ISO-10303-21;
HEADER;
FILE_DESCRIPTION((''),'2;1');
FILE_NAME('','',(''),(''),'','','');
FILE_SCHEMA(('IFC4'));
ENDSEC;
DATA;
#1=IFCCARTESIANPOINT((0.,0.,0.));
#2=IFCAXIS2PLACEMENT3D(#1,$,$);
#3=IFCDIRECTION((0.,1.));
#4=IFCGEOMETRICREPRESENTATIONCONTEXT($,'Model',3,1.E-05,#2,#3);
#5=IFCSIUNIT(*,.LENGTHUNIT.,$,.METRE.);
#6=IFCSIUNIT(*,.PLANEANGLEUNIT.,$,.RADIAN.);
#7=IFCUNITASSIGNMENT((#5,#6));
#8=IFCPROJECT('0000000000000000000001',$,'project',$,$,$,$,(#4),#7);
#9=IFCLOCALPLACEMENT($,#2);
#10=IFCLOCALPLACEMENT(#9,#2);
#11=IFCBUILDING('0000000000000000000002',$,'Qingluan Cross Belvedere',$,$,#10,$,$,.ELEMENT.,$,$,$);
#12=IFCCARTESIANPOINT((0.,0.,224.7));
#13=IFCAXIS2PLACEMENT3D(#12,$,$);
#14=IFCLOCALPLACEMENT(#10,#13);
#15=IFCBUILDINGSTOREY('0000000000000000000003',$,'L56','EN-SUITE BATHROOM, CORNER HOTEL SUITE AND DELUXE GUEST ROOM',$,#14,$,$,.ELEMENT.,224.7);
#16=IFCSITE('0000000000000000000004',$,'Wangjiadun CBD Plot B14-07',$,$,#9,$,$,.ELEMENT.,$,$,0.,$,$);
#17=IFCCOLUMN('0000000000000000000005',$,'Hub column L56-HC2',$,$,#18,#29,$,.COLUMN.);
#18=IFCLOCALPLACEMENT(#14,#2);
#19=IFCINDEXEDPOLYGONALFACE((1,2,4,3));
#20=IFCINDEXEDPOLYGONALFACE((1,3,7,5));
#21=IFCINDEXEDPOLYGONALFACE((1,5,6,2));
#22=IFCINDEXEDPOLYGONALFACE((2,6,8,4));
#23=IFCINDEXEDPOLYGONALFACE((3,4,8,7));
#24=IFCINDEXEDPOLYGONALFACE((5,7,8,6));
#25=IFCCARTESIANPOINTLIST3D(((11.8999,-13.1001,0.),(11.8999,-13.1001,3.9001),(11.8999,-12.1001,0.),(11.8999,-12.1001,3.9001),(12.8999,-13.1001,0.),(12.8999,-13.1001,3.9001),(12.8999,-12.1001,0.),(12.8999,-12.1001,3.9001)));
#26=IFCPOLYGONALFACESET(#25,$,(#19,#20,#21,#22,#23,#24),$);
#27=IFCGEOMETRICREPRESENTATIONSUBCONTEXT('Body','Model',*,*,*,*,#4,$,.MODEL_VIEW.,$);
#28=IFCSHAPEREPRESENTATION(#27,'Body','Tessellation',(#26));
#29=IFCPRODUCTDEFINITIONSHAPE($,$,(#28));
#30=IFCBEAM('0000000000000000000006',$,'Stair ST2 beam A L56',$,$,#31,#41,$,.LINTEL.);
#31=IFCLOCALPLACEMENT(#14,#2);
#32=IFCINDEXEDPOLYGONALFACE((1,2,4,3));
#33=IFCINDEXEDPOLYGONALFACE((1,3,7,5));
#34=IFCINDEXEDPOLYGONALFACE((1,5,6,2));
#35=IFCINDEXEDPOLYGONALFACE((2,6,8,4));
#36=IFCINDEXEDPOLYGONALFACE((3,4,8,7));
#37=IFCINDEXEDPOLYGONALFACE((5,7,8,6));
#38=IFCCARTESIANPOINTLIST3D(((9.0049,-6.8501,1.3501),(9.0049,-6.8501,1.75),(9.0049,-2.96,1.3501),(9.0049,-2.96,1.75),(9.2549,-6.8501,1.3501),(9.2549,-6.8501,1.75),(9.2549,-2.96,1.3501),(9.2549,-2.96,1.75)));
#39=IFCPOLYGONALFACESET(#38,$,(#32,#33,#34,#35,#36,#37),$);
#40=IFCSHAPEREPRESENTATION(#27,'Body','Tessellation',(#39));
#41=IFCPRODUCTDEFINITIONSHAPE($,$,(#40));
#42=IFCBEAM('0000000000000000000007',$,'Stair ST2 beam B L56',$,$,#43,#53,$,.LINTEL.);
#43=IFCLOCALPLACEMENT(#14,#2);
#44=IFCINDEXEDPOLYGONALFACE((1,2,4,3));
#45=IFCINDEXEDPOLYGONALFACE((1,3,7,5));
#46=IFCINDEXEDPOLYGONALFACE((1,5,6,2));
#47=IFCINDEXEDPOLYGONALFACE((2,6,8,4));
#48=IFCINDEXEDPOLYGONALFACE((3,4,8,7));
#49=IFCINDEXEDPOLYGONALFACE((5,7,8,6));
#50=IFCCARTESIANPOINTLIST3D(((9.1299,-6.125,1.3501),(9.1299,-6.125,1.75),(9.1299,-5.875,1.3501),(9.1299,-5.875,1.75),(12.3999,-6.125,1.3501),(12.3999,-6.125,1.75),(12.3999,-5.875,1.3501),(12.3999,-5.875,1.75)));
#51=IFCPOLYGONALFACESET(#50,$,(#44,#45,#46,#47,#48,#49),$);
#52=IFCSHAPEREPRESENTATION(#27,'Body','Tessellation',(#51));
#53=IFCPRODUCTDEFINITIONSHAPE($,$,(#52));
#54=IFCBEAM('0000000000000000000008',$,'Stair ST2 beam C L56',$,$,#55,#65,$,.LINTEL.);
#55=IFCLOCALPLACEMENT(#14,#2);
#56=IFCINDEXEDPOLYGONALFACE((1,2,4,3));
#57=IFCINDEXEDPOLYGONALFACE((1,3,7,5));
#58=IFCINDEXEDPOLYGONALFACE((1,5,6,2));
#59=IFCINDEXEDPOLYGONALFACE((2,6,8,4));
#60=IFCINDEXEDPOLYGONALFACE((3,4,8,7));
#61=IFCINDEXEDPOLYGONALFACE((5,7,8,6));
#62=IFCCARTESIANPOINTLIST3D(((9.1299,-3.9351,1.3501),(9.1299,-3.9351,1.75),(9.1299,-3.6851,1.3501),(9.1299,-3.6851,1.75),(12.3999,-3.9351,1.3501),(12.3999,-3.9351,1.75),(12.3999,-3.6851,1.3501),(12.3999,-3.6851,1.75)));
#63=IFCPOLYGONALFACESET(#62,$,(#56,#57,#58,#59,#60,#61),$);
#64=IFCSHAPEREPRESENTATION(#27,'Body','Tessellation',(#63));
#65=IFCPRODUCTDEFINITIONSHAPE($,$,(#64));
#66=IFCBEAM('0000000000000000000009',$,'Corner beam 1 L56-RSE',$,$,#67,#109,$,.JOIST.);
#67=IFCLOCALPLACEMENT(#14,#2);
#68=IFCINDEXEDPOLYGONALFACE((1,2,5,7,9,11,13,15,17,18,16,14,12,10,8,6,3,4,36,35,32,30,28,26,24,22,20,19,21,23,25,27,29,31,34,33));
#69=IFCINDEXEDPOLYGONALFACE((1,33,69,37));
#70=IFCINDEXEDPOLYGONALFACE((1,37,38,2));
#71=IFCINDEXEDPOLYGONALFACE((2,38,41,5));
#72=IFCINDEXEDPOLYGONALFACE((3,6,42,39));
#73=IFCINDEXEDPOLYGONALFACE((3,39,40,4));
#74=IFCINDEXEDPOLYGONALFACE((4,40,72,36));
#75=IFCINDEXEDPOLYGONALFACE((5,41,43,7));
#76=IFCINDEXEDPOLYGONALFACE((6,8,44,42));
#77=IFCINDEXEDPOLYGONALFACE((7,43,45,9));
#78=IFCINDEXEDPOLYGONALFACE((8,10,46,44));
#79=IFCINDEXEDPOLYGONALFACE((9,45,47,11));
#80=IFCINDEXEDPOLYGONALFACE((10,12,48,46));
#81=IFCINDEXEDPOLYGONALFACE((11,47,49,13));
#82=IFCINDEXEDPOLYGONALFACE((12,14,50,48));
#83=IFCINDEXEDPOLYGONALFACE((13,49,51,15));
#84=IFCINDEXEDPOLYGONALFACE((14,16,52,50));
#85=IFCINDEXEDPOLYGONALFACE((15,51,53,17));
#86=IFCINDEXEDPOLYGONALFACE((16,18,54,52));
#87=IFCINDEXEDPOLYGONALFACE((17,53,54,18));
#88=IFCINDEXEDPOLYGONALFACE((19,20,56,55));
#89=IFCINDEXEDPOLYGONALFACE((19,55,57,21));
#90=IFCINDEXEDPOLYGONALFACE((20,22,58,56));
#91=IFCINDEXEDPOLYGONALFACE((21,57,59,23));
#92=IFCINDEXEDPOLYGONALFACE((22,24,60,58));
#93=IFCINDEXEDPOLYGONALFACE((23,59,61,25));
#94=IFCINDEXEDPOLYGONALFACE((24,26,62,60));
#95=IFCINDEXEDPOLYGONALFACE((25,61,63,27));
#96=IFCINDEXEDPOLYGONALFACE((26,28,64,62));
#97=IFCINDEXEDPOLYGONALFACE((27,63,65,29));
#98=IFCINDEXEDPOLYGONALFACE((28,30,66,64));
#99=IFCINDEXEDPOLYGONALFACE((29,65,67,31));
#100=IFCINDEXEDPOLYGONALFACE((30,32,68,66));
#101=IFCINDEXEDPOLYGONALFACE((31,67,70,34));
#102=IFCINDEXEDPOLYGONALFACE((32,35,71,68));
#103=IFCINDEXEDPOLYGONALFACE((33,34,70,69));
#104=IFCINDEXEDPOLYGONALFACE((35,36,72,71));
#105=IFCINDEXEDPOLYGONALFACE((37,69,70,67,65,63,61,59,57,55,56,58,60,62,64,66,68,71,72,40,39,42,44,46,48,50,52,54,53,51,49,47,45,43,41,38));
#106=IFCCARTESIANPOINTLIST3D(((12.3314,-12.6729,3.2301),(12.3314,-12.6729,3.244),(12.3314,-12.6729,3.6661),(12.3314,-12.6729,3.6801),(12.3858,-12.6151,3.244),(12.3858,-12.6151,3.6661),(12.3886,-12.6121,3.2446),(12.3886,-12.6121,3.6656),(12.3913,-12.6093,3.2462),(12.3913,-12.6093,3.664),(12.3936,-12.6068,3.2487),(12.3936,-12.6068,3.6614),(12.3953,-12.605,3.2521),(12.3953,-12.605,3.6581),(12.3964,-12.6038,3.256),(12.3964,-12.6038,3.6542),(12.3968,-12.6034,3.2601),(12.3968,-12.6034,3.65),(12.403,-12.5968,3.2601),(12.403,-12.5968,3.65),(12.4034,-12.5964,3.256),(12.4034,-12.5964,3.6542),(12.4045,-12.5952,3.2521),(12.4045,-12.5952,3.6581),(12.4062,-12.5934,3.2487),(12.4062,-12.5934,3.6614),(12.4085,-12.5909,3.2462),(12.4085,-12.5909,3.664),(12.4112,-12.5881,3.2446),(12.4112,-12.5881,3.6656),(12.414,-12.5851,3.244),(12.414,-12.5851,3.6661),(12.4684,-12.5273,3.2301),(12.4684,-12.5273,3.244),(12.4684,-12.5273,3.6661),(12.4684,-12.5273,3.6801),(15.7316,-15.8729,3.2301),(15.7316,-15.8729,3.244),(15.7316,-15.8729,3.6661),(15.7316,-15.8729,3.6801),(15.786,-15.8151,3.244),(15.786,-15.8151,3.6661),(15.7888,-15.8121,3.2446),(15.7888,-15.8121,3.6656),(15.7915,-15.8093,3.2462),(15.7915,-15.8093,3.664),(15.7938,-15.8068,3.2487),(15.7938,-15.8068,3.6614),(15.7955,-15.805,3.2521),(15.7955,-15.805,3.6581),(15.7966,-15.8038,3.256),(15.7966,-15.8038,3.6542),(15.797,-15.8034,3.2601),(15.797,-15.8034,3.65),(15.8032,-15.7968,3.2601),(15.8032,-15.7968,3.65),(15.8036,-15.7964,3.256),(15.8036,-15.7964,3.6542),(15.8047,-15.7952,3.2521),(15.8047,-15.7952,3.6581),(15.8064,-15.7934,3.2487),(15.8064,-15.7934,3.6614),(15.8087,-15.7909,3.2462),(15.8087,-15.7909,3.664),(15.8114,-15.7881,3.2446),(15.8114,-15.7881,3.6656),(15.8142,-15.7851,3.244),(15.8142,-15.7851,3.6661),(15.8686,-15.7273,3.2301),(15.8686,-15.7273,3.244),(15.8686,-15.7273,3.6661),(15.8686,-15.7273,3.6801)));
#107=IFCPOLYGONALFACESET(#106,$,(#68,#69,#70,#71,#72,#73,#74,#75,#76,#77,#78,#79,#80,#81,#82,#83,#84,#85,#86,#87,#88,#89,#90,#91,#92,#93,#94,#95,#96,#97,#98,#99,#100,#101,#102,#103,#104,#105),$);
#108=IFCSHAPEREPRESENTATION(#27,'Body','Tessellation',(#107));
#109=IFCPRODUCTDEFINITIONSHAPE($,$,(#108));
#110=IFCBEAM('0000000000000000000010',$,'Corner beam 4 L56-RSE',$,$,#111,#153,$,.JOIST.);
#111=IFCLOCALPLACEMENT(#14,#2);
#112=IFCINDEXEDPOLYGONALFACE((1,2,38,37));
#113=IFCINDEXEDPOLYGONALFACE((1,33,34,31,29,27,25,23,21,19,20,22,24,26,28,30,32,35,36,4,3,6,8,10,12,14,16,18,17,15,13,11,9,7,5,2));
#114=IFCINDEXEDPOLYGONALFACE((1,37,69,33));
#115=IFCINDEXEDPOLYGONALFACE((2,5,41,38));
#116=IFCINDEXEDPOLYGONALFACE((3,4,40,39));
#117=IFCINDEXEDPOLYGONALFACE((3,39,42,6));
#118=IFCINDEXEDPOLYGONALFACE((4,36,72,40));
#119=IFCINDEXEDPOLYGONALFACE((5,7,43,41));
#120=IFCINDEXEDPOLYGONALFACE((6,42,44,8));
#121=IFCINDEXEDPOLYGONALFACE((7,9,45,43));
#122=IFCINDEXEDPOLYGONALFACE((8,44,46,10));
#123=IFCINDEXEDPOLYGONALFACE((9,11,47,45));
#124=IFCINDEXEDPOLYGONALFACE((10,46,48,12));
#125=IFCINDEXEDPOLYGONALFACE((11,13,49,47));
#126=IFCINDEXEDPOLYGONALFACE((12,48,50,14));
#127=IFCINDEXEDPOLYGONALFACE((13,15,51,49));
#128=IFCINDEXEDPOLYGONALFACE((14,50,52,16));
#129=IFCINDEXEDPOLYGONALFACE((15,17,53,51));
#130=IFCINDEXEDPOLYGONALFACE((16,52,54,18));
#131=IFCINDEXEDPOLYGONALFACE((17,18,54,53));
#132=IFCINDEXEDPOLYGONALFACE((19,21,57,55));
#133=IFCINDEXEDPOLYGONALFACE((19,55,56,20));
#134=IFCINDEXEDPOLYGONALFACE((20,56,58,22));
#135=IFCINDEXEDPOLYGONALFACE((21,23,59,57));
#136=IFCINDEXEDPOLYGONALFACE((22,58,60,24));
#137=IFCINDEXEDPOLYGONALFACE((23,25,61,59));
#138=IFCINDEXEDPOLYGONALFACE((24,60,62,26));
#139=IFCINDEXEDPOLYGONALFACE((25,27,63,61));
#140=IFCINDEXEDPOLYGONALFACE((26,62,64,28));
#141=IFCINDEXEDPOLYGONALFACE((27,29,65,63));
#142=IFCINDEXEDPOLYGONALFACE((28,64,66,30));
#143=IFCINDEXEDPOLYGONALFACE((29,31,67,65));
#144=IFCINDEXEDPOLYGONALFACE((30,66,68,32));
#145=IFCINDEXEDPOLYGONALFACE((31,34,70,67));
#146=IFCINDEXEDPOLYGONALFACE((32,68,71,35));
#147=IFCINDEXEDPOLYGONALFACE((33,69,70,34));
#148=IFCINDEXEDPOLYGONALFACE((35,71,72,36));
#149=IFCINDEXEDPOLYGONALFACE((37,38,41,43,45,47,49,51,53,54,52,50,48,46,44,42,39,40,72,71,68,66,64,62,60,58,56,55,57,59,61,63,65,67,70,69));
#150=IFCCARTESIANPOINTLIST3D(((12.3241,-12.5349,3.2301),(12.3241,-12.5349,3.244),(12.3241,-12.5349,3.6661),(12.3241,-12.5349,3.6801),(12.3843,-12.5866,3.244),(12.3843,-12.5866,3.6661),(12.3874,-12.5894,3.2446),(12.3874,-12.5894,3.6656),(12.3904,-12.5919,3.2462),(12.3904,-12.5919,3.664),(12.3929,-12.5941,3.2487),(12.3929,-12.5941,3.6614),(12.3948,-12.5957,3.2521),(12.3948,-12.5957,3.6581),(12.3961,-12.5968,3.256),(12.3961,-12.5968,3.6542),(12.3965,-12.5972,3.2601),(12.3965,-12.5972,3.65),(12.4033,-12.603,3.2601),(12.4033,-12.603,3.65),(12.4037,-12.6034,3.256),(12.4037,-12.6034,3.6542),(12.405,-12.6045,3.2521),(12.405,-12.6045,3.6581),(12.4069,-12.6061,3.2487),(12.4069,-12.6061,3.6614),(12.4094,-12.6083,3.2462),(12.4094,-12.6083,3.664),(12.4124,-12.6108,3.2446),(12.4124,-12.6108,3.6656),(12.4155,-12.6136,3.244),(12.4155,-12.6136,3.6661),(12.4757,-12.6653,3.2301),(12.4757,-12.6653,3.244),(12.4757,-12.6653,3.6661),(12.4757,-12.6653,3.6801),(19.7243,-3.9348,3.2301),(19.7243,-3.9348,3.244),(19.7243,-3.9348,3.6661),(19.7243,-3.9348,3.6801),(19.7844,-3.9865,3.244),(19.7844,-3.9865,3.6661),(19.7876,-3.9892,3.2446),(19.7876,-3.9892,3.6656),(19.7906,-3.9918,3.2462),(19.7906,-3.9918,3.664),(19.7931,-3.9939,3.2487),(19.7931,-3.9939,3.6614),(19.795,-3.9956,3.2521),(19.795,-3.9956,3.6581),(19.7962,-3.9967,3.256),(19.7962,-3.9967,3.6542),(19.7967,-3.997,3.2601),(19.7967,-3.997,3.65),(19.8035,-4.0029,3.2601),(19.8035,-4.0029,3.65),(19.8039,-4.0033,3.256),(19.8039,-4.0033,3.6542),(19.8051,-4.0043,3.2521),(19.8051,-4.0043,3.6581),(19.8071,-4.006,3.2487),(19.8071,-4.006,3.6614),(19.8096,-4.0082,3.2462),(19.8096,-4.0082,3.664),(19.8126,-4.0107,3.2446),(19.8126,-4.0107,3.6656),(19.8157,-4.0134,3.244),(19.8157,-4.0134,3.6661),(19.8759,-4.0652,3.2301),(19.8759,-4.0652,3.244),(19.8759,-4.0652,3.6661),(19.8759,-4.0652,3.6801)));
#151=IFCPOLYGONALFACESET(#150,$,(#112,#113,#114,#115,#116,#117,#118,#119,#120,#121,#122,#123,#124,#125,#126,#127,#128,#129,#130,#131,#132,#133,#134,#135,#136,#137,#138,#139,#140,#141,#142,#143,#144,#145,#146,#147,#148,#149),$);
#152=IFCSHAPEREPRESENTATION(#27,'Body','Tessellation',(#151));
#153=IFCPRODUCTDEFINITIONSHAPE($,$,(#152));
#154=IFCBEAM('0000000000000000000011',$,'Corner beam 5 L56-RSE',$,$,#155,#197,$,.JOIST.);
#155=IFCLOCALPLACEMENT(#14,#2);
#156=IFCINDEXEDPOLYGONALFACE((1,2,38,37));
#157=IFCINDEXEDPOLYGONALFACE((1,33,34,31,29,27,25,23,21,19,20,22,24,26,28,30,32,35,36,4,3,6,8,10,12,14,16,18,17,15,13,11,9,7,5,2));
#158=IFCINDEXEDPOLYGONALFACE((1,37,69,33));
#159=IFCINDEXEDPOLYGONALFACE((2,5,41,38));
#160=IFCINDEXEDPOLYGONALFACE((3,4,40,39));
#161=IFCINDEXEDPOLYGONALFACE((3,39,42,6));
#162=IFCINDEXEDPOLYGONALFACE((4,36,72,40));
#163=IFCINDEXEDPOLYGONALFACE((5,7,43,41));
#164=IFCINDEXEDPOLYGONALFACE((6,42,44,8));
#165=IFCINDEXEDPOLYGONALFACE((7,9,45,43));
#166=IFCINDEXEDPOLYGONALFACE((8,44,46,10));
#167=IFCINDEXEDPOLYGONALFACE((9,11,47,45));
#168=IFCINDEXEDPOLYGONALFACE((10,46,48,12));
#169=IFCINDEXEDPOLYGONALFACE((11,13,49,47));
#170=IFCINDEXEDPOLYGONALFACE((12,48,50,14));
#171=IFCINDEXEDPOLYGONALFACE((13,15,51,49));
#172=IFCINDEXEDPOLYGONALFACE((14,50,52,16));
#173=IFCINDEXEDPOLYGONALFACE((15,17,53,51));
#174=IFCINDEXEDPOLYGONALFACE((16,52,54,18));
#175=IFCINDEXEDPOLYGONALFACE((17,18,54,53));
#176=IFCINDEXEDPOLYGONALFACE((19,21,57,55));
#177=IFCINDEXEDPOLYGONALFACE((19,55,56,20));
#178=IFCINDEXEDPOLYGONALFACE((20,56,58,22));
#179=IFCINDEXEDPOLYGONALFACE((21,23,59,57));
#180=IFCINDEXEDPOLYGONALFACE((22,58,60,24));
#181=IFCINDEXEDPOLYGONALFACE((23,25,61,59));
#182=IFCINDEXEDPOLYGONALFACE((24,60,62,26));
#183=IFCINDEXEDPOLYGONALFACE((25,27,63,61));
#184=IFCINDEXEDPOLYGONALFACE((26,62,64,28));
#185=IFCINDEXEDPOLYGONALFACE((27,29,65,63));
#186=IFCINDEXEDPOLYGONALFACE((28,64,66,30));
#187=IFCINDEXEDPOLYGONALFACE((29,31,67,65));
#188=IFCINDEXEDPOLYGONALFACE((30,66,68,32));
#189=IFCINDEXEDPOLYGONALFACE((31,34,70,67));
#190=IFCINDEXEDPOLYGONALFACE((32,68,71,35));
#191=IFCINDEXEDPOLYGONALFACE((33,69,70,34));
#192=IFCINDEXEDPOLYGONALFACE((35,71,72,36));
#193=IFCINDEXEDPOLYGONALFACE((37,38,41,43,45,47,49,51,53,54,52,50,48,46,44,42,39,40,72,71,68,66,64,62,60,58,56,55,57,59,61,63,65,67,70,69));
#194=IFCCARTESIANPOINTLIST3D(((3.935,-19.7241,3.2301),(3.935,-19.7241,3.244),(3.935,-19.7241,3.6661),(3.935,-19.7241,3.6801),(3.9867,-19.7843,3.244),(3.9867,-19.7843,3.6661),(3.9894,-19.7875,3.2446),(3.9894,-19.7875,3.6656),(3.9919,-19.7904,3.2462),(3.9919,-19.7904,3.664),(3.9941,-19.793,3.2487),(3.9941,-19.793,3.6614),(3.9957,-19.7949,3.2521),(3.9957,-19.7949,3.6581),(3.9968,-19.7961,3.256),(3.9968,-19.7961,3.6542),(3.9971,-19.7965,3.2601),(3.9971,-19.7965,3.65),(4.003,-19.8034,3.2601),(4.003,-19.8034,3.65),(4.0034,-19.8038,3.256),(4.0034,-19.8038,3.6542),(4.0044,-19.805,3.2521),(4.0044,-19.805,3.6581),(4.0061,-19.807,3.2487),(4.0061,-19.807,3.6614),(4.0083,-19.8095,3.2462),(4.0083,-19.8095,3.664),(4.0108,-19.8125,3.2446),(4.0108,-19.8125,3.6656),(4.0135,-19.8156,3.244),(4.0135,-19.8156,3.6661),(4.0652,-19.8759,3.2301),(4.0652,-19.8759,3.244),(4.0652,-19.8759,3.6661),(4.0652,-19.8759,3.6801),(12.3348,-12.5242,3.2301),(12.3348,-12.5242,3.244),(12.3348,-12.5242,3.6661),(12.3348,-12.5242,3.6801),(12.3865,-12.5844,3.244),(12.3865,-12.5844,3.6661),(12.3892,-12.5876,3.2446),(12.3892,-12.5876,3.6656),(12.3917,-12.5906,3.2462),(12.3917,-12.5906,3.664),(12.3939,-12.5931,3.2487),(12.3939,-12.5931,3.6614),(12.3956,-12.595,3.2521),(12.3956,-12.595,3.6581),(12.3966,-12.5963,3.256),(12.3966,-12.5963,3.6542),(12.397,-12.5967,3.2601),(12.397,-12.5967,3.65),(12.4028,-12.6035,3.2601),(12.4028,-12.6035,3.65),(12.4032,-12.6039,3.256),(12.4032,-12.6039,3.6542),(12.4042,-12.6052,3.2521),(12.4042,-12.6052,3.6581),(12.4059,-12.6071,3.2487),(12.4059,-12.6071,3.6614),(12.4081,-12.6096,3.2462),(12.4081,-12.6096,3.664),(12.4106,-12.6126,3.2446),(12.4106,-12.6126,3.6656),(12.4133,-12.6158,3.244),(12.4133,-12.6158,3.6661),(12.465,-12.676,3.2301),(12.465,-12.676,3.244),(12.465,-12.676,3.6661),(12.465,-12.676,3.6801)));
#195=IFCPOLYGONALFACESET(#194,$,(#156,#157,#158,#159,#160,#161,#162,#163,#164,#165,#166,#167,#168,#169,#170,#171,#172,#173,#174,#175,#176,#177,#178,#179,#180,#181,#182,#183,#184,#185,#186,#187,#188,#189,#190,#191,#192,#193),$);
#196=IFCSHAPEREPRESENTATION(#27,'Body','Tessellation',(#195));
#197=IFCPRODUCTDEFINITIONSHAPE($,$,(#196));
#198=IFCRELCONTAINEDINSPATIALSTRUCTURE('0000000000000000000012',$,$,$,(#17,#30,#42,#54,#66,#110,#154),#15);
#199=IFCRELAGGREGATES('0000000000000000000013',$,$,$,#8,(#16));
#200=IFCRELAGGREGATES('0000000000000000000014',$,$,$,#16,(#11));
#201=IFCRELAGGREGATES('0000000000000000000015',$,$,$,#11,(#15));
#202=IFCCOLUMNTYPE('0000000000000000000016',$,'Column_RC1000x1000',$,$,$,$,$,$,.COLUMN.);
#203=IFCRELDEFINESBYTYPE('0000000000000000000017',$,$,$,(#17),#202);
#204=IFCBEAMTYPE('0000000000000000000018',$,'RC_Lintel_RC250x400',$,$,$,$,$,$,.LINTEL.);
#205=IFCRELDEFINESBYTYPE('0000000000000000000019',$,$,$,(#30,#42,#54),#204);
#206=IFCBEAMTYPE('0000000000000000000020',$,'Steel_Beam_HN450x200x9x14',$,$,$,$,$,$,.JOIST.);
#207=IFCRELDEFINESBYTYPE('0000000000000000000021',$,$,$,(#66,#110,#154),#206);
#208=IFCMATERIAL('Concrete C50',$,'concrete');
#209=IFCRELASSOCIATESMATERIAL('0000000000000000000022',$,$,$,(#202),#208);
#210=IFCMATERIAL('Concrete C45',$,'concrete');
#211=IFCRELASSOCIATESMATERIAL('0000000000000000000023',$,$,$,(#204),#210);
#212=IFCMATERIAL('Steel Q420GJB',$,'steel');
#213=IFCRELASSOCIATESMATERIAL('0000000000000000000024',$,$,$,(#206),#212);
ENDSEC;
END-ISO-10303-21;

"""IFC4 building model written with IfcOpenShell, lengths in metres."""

from ifc_helpers import new_model, si_unit, direction, frame, origin, origin_2d, place, context, subcontext, project, spatial, rectangle, i_section, extrude, material, material_profile, profile_set, type_object, element, save


model = new_model("IFC4")

# Units and contexts
model_context = context("Model", 3, precision=1e-05, world=origin(), true_north=direction((0.0, 1.0)))
body_context = subcontext(model_context, "Body", "Model", "MODEL_VIEW")
ifc_project = project(units=[si_unit("LENGTHUNIT", "METRE"), si_unit("PLANEANGLEUNIT", "RADIAN")], contexts=[model_context])

# Site, building, storey
site_placement = place(None, origin())
site = spatial("IfcSite", under=ifc_project, at=site_placement, Name="Wangjiadun CBD Plot B14-07", CompositionType="ELEMENT", RefElevation=0.0)
building_placement = place(site_placement, origin())
building = spatial("IfcBuilding", under=site, at=building_placement, Name="Qingluan Cross Belvedere", CompositionType="ELEMENT")
storey_placement = place(building_placement, frame((0.0, 0.0, 224.7)))
storey = spatial("IfcBuildingStorey", under=building, at=storey_placement, Name="L56", Description="EN-SUITE BATHROOM, CORNER HOTEL SUITE AND DELUXE GUEST ROOM", CompositionType="ELEMENT", Elevation=224.7)

# Column
ifc_material_1 = material(Name="Concrete C50", Category="concrete")
ifc_material_profile_1 = material_profile(ifc_material_1, rectangle(XDim=1.0, YDim=1.0, at=origin_2d()), Name="RC1000x1000")
ifc_profile_set_1 = profile_set([ifc_material_profile_1], Name="Concrete C50")
column_type = type_object("IfcColumnType", Name="Column_RC1000x1000", PredefinedType="COLUMN", material=ifc_profile_set_1)
column_placement = place(storey_placement, frame((12.3999, -12.6001, 0.0), z_axis=(0.0, 0.0, 1.0), x_axis=(1.0, 0.0, 0.0)))
element("IfcColumn", 1, at=column_placement, inside=storey, type_object=column_type, Name="Hub column L56-HC2", PredefinedType="COLUMN", context=body_context, shape_type="SweptSolid", body=[
    extrude(rectangle(XDim=1.0, YDim=1.0, at=origin_2d()), origin(), (0.0, 0.0, 1.0), 3.9001),
])

# Beams
ifc_material_2 = material(Name="Concrete C45", Category="concrete")
ifc_material_profile_2 = material_profile(ifc_material_2, rectangle(XDim=0.25, YDim=0.3999, at=origin_2d()), Name="RC250x400")
ifc_profile_set_2 = profile_set([ifc_material_profile_2], Name="Concrete C45")
beam_type_1 = type_object("IfcBeamType", Name="RC_Lintel_RC250x400", PredefinedType="LINTEL", material=ifc_profile_set_2)
beam_1_placement = place(storey_placement, frame((9.1299, -6.8501, 1.55), z_axis=(0.0, 1.0, 0.0), x_axis=(-1.0, 0.0, 0.0)))
element("IfcBeam", 2, at=beam_1_placement, inside=storey, type_object=beam_type_1, Name="Stair ST2 beam A L56", PredefinedType="LINTEL", context=body_context, shape_type="SweptSolid", body=[
    extrude(rectangle(XDim=0.25, YDim=0.3999, at=origin_2d()), origin(), (0.0, 0.0, 1.0), 3.8901),
])
for number, where, z_axis, x_axis, name in (
    (3, (12.3999, -6.0, 1.55), (-1.0, 0.0, 0.0), (0.0, -1.0, 0.0), "Stair ST2 beam B L56"),
    (4, (12.3999, -3.8101, 1.55), (-1.0, 0.0, 0.0), (0.0, -1.0, 0.0), "Stair ST2 beam C L56"),
):
    element("IfcBeam", number, at=place(storey_placement, frame(where, z_axis=z_axis, x_axis=x_axis)), inside=storey, type_object=beam_type_1, Name=name, PredefinedType="LINTEL", context=body_context, shape_type="SweptSolid", body=[
        extrude(rectangle(XDim=0.25, YDim=0.3999, at=origin_2d()), origin(), (0.0, 0.0, 1.0), 3.27),
    ])
ifc_material_3 = material(Name="Steel Q420GJB", Category="steel")
ifc_material_profile_3 = material_profile(ifc_material_3, i_section(OverallWidth=0.2, OverallDepth=0.45, WebThickness=0.009, FlangeThickness=0.0139, FilletRadius=0.0161, at=origin_2d()), Name="HN450x200x9x14")
ifc_profile_set_3 = profile_set([ifc_material_profile_3], Name="Steel Q420GJB")
beam_type_2 = type_object("IfcBeamType", Name="Steel_Beam_HN450x200x9x14", PredefinedType="JOIST", material=ifc_profile_set_3)
beam_2_placement = place(storey_placement, frame((12.3999, -12.6001, 3.4551), z_axis=(0.72822, -0.685343, 0.0), x_axis=(0.685343, 0.72822, 0.0)))
element("IfcBeam", 5, at=beam_2_placement, inside=storey, type_object=beam_type_2, Name="Corner beam 1 L56-RSE", PredefinedType="JOIST", context=body_context, shape_type="SweptSolid", body=[
    extrude(i_section(OverallWidth=0.2, OverallDepth=0.45, WebThickness=0.009, FlangeThickness=0.0139, FilletRadius=0.0161, at=origin_2d()), origin(), (0.0, 0.0, 1.0), 4.6692),
])
beam_3_placement = place(storey_placement, frame((12.3999, -12.6001, 3.4551), z_axis=(0.652245, 0.758008, 0.0), x_axis=(-0.758008, 0.652245, 0.0)))
element("IfcBeam", 6, at=beam_3_placement, inside=storey, type_object=beam_type_2, Name="Corner beam 4 L56-RSE", PredefinedType="JOIST", context=body_context, shape_type="SweptSolid", body=[
    extrude(i_section(OverallWidth=0.2, OverallDepth=0.45, WebThickness=0.009, FlangeThickness=0.0139, FilletRadius=0.0161, at=origin_2d()), origin(), (0.0, 0.0, 1.0), 11.3457),
])
beam_4_placement = place(storey_placement, frame((12.3999, -12.6001, 3.4551), z_axis=(-0.759255, -0.650793, 0.0), x_axis=(0.650793, -0.759255, 0.0)))
element("IfcBeam", 7, at=beam_4_placement, inside=storey, type_object=beam_type_2, Name="Corner beam 5 L56-RSE", PredefinedType="JOIST", context=body_context, shape_type="SweptSolid", body=[
    extrude(i_section(OverallWidth=0.2, OverallDepth=0.45, WebThickness=0.009, FlangeThickness=0.0139, FilletRadius=0.0161, at=origin_2d()), origin(), (0.0, 0.0, 1.0), 11.0632),
])

save(model, "model.ifc")
